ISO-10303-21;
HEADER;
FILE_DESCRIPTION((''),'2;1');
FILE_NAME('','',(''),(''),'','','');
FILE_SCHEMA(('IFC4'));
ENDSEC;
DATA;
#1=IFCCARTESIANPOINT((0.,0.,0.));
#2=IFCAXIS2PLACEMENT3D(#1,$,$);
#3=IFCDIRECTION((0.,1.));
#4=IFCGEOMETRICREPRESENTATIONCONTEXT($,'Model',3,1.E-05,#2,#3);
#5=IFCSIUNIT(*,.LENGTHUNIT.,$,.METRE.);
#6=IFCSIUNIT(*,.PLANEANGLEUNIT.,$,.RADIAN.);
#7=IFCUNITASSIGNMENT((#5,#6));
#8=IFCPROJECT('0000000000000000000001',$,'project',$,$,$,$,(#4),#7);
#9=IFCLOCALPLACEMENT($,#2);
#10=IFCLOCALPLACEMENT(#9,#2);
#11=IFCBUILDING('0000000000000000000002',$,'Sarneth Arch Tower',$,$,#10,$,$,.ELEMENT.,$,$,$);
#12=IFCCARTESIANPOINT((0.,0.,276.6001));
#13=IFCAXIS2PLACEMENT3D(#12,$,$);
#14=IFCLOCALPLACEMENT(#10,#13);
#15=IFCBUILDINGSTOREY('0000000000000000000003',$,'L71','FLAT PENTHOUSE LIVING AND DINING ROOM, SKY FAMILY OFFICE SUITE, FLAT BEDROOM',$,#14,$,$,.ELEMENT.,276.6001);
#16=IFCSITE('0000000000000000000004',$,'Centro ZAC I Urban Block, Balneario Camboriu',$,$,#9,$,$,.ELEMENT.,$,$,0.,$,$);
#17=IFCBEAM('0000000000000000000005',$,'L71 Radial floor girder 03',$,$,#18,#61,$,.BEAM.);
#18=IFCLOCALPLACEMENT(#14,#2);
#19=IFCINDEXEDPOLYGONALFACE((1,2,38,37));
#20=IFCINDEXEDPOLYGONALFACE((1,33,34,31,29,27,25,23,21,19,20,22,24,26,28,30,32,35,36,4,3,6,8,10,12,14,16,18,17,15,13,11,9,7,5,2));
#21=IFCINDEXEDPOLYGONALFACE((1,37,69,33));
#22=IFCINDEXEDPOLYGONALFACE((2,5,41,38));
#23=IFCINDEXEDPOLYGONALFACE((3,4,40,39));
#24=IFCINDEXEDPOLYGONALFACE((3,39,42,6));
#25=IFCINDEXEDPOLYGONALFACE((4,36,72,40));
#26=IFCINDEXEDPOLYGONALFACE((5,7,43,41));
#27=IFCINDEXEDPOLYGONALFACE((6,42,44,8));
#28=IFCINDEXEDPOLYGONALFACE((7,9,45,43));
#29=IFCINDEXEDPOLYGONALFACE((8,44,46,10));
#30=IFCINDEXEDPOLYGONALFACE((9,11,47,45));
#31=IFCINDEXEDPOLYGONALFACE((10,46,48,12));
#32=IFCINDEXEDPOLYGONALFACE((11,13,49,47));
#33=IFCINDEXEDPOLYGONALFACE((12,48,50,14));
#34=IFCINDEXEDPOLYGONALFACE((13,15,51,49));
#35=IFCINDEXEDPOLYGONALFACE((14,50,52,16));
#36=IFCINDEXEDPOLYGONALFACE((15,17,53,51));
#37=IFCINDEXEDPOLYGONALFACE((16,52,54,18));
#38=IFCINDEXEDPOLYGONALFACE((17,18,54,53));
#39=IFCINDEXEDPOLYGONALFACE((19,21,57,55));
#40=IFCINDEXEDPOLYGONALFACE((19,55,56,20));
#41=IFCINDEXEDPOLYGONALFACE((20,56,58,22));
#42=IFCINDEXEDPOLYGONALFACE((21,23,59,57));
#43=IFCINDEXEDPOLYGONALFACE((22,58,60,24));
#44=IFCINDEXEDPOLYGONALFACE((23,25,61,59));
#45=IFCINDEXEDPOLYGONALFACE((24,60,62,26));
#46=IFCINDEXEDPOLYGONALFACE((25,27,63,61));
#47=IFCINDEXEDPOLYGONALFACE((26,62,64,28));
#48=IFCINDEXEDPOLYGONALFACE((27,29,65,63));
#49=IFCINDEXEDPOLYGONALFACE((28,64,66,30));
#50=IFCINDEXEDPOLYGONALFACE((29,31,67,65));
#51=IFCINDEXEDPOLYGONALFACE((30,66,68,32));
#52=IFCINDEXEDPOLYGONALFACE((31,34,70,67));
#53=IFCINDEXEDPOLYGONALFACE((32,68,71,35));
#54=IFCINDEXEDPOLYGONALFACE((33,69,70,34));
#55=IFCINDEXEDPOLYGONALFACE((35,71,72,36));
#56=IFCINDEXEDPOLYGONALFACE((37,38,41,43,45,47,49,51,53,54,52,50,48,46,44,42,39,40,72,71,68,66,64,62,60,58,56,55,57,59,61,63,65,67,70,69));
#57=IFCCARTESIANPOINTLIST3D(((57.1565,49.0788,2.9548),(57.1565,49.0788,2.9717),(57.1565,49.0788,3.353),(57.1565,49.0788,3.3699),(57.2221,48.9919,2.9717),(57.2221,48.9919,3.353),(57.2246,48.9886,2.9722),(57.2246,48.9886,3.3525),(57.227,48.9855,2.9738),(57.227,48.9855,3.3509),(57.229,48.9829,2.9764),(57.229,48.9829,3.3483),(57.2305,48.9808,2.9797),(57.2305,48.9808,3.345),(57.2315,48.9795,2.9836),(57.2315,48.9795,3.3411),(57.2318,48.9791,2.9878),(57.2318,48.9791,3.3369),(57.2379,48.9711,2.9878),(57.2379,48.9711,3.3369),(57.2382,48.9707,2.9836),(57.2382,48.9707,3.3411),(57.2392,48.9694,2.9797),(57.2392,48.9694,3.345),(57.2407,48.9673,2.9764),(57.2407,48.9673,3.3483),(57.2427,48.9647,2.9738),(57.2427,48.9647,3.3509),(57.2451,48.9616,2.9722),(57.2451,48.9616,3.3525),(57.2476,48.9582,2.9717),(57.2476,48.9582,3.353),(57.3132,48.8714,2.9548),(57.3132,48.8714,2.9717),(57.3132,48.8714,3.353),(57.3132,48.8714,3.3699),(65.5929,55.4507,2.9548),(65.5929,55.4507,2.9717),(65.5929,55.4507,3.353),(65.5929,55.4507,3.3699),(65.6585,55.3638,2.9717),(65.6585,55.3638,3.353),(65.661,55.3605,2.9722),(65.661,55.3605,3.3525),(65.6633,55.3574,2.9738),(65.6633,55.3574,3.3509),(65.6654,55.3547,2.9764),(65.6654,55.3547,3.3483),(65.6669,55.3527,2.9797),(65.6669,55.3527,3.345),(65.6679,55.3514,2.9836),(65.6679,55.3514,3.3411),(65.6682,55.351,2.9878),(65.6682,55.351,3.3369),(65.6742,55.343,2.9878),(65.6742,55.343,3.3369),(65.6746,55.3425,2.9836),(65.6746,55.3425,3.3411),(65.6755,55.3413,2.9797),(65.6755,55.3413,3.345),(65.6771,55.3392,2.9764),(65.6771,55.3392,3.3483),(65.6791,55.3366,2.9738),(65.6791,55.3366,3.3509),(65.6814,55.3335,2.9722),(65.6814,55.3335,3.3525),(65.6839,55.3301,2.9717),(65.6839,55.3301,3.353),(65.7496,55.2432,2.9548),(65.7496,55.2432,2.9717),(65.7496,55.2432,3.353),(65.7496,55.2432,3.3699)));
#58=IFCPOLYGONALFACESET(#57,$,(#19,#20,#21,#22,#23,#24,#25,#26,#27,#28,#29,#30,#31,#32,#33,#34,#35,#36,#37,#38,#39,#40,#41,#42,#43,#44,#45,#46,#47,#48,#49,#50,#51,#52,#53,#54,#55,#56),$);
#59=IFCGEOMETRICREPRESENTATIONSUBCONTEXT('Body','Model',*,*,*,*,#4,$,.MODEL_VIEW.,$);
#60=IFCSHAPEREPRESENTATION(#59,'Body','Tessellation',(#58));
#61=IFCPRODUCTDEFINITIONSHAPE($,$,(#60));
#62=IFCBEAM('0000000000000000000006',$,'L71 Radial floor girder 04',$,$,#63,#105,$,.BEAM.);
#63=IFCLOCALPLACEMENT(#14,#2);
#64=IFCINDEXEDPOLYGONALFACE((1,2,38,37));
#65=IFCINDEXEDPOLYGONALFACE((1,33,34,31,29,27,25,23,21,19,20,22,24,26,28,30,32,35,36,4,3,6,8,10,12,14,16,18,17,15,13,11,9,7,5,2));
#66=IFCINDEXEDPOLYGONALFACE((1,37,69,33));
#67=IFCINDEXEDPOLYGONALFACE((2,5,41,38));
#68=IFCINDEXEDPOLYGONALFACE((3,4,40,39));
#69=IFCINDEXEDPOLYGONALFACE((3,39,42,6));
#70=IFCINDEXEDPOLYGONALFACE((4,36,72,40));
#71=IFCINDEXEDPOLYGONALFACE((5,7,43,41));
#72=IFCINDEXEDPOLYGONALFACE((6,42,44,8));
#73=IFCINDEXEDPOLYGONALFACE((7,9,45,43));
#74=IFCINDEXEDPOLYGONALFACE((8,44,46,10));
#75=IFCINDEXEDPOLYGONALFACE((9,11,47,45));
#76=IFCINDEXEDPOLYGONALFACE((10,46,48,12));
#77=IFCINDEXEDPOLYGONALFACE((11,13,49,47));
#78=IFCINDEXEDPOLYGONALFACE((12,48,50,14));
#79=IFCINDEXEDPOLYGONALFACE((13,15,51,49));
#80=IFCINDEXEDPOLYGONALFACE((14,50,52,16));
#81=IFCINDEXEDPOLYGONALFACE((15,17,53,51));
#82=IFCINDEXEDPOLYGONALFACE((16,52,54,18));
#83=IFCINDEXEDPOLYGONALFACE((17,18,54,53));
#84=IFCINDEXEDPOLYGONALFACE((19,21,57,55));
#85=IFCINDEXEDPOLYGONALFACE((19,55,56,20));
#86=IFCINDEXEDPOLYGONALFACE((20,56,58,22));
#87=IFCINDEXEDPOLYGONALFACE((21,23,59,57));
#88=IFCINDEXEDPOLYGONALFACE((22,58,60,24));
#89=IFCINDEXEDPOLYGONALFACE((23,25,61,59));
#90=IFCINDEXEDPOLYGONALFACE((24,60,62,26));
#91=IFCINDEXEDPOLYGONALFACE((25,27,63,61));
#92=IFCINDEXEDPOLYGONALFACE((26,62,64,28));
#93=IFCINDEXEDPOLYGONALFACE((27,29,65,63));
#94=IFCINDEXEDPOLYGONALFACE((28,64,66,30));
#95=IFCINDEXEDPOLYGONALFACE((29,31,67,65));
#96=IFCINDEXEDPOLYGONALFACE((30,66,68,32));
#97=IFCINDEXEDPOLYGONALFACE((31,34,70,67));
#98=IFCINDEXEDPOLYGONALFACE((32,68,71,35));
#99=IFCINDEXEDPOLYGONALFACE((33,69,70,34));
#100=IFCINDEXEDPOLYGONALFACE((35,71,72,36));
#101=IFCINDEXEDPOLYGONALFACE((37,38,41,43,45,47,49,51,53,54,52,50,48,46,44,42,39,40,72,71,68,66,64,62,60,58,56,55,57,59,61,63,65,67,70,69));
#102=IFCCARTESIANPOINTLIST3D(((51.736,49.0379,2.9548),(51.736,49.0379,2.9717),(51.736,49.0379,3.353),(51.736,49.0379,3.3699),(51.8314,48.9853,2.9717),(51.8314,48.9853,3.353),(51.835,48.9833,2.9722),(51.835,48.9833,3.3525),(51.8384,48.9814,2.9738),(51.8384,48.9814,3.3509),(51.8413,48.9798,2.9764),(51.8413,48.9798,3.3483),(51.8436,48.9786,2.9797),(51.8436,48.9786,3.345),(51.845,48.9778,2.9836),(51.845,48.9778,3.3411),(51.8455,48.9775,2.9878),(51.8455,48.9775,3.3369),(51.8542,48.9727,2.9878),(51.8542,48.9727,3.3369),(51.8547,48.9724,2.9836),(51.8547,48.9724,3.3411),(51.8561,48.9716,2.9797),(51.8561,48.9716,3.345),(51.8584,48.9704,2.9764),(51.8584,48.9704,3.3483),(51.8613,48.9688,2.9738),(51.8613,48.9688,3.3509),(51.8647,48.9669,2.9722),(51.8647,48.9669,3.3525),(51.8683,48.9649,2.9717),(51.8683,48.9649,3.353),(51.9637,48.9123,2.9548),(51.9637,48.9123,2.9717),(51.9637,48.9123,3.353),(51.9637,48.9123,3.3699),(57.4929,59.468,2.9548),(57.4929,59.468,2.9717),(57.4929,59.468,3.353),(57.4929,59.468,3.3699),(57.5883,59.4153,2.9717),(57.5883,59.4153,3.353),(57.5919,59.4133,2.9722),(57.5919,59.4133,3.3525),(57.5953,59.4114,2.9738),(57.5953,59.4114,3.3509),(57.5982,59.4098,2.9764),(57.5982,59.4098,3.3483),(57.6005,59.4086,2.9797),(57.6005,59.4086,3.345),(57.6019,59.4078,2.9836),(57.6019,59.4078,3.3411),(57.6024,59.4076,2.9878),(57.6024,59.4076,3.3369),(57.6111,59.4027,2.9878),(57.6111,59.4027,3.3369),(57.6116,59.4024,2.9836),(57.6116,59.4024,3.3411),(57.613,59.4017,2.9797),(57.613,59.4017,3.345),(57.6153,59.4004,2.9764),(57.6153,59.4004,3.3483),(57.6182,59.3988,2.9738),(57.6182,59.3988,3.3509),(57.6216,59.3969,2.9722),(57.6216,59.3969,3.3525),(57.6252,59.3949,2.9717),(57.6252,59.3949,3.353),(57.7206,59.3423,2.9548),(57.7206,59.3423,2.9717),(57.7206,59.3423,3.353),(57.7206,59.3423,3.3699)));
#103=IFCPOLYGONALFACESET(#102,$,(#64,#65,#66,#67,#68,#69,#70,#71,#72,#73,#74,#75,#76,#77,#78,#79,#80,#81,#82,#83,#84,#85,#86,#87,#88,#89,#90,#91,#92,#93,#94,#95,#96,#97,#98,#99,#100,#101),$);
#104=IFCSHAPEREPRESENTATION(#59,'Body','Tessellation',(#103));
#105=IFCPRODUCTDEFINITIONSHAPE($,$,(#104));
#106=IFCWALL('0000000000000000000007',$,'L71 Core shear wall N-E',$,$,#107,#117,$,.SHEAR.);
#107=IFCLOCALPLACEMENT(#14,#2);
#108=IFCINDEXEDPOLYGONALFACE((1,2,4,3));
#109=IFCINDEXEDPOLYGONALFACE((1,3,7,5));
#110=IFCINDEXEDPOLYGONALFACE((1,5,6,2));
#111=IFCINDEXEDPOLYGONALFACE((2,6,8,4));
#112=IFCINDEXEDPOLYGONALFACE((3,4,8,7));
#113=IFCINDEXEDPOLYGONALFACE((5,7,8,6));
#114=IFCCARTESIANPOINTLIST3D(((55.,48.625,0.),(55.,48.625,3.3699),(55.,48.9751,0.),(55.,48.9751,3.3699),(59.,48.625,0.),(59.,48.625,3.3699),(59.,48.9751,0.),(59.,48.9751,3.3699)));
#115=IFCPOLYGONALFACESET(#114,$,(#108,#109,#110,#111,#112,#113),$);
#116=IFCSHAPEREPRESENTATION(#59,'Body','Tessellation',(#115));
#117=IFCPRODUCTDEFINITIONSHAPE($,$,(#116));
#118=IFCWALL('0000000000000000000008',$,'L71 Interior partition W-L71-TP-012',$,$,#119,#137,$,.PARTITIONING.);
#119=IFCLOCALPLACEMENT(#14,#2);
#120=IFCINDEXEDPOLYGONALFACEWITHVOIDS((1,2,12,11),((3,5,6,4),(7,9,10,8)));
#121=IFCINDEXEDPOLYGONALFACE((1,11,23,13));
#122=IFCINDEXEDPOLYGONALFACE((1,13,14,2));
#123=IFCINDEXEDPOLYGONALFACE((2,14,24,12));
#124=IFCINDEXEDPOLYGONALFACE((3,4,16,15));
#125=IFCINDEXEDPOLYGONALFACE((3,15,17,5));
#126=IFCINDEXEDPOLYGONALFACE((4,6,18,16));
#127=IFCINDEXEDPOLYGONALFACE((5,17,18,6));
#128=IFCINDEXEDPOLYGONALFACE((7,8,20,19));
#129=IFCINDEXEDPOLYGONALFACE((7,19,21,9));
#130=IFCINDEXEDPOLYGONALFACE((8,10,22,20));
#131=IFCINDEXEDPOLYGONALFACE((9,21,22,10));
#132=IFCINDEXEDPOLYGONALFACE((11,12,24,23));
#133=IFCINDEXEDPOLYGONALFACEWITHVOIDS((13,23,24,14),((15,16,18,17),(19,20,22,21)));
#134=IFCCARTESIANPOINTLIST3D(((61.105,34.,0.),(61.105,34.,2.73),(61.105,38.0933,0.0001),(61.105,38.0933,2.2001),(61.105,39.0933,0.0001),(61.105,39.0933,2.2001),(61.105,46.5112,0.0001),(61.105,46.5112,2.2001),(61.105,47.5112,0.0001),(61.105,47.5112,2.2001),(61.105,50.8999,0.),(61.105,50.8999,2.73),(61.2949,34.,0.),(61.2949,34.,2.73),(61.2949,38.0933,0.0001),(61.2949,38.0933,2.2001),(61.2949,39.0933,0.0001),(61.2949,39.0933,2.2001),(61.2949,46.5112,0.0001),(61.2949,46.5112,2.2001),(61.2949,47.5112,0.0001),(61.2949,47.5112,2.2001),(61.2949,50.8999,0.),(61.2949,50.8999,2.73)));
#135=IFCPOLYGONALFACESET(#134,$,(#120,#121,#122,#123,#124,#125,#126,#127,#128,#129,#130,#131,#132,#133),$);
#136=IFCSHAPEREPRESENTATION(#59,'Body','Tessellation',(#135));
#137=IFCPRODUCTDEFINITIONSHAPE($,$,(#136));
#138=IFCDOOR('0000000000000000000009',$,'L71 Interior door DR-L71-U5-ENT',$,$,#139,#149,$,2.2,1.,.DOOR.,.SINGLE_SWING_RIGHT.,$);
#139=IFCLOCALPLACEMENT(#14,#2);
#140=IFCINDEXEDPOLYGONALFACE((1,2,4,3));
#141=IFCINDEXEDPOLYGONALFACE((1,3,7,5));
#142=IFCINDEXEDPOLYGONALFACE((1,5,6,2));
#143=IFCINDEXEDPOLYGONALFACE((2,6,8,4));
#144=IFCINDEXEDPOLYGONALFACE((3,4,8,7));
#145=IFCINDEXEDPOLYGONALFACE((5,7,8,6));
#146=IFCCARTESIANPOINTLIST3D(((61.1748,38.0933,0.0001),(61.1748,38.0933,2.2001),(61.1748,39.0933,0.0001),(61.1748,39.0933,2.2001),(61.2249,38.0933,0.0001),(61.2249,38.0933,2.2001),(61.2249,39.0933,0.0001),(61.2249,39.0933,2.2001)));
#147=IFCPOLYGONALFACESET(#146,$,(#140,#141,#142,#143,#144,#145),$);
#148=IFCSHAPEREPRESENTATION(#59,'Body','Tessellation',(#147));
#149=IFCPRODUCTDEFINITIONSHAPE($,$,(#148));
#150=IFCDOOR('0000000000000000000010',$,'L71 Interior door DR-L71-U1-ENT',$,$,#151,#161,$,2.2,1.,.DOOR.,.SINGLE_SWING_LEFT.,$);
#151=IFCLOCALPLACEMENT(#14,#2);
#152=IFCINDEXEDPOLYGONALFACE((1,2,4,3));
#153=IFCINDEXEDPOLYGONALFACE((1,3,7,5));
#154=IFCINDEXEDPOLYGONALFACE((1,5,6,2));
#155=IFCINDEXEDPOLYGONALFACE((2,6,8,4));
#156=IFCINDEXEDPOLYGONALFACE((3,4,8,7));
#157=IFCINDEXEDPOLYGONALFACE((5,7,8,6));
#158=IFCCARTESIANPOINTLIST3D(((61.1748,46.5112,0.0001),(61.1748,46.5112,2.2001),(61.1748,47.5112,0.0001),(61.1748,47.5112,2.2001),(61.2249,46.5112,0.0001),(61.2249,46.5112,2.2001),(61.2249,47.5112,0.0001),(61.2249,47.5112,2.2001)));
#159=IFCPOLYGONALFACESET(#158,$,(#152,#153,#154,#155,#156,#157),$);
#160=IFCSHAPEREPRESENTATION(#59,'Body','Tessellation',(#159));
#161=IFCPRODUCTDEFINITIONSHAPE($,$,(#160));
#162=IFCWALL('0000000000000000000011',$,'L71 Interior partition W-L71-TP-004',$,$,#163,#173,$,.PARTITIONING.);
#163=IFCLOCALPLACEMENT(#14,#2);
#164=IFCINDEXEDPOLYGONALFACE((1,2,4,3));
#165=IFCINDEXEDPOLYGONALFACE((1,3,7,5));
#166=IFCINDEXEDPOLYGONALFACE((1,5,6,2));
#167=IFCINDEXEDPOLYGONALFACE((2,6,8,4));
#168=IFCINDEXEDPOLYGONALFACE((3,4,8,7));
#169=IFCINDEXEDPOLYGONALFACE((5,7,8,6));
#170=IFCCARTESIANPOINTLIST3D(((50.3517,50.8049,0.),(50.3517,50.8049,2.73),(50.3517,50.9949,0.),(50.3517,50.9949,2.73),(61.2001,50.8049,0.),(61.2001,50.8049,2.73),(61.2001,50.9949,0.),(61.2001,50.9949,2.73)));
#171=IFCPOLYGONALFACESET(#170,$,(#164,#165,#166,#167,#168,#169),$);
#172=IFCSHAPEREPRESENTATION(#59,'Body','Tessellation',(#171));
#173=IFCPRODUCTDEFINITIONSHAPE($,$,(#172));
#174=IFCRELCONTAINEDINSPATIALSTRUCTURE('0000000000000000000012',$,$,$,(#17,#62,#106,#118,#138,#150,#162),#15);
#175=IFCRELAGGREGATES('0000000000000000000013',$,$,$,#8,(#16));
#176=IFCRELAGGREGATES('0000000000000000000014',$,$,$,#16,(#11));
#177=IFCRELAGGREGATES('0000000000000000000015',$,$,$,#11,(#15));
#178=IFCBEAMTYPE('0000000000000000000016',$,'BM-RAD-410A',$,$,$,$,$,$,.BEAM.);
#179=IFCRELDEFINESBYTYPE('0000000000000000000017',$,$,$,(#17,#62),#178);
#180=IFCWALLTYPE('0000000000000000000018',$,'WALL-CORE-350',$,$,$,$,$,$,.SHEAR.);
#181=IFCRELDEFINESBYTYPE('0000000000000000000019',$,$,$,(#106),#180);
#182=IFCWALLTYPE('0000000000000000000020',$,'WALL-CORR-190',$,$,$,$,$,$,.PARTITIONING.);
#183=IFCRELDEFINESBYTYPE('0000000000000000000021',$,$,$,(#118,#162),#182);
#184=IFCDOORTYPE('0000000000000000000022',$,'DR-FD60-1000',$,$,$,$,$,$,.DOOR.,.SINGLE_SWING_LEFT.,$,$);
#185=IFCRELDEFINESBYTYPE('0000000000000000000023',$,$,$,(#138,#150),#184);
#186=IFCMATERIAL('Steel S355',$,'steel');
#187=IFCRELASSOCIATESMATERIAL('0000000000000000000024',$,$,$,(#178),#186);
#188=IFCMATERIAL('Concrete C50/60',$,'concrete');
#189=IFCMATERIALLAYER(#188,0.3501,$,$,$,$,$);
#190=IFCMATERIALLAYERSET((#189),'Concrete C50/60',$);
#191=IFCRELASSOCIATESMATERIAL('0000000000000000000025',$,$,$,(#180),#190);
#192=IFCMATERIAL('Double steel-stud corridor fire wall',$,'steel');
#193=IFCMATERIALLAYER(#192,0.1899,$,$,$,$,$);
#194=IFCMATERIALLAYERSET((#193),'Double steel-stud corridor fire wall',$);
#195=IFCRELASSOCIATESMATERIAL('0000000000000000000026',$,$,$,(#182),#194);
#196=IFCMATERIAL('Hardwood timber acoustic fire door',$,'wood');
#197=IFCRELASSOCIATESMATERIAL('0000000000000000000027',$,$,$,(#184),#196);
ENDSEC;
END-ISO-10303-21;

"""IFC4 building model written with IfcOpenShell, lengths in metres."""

from ifc_helpers import new_model, si_unit, direction, frame, frame_2d, origin, origin_2d, place, context, subcontext, project, spatial, rectangle, i_section, extrude, material, layer, layer_set, material_profile, profile_set, type_object, element, fill, save


model = new_model("IFC4")

# Units and contexts
model_context = context("Model", 3, precision=1e-05, world=origin(), true_north=direction((0.0, 1.0)))
body_context = subcontext(model_context, "Body", "Model", "MODEL_VIEW")
ifc_project = project(units=[si_unit("LENGTHUNIT", "METRE"), si_unit("PLANEANGLEUNIT", "RADIAN")], contexts=[model_context])

# Site, building, storey
site_placement = place(None, origin())
site = spatial("IfcSite", under=ifc_project, at=site_placement, Name="Centro ZAC I Urban Block, Balneario Camboriu", CompositionType="ELEMENT", RefElevation=0.0)
building_placement = place(site_placement, origin())
building = spatial("IfcBuilding", under=site, at=building_placement, Name="Sarneth Arch Tower", CompositionType="ELEMENT")
storey_placement = place(building_placement, frame((0.0, 0.0, 276.6001)))
storey = spatial("IfcBuildingStorey", under=building, at=storey_placement, Name="L71", Description="FLAT PENTHOUSE LIVING AND DINING ROOM, SKY FAMILY OFFICE SUITE, FLAT BEDROOM", CompositionType="ELEMENT", Elevation=276.6001)

# Beams
ifc_material_1 = material(Name="Steel S355", Category="steel")
ifc_material_profile_1 = material_profile(ifc_material_1, i_section(OverallWidth=0.26, OverallDepth=0.415, WebThickness=0.01, FlangeThickness=0.0168, FilletRadius=0.0161, at=origin_2d()), Name="W410x100")
ifc_profile_set_1 = profile_set([ifc_material_profile_1], Name="Steel S355")
beam_type_1 = type_object("IfcBeamType", Name="BM-RAD-410A", PredefinedType="BEAM", material=ifc_profile_set_1)
beam_1_placement = place(storey_placement, frame((57.2349, 48.9751, 3.1624), z_axis=(0.79797, 0.602698, 0.0), x_axis=(-0.602698, 0.79797, 0.0)))
element("IfcBeam", 1, at=beam_1_placement, inside=storey, type_object=beam_type_1, Name="L71 Radial floor girder 03", PredefinedType="BEAM", context=body_context, shape_type="SweptSolid", body=[
    extrude(i_section(OverallWidth=0.26, OverallDepth=0.415, WebThickness=0.01, FlangeThickness=0.0168, FilletRadius=0.0161, at=origin_2d()), origin(), (0.0, 0.0, 1.0), 10.5723),
])
beam_2_placement = place(storey_placement, frame((51.8499, 48.9751, 3.1624), z_axis=(0.483231, 0.875493, 0.0), x_axis=(-0.875493, 0.483231, 0.0)))
element("IfcBeam", 2, at=beam_2_placement, inside=storey, type_object=beam_type_1, Name="L71 Radial floor girder 04", PredefinedType="BEAM", context=body_context, shape_type="SweptSolid", body=[
    extrude(i_section(OverallWidth=0.26, OverallDepth=0.415, WebThickness=0.01, FlangeThickness=0.0168, FilletRadius=0.0161, at=origin_2d()), origin(), (0.0, 0.0, 1.0), 11.9133),
])

# Wall
ifc_material_2 = material(Name="Concrete C50/60", Category="concrete")
ifc_layer_1 = layer(ifc_material_2, 0.3501)
ifc_layer_set_1 = layer_set([ifc_layer_1], Name="Concrete C50/60")
wall_type_1 = type_object("IfcWallType", Name="WALL-CORE-350", PredefinedType="SHEAR", material=ifc_layer_set_1)
wall_1_placement = place(storey_placement, frame((55.0, 48.8, 0.0), z_axis=(0.0, 0.0, 1.0), x_axis=(1.0, 0.0, 0.0)))
element("IfcWall", 3, at=wall_1_placement, inside=storey, type_object=wall_type_1, Name="L71 Core shear wall N-E", PredefinedType="SHEAR", context=body_context, shape_type="SweptSolid", body=[
    extrude(rectangle(XDim=4.0, YDim=0.3501, at=frame_2d((2.0, 0.0))), origin(), (0.0, 0.0, 1.0), 3.3699),
])

# Wall, openings, doors
ifc_material_3 = material(Name="Double steel-stud corridor fire wall", Category="steel")
ifc_layer_2 = layer(ifc_material_3, 0.1899)
ifc_layer_set_2 = layer_set([ifc_layer_2], Name="Double steel-stud corridor fire wall")
wall_type_2 = type_object("IfcWallType", Name="WALL-CORR-190", PredefinedType="PARTITIONING", material=ifc_layer_set_2)
wall_2_placement = place(storey_placement, frame((61.2, 50.8999, 0.0), z_axis=(0.0, 0.0, 1.0), x_axis=(0.0, -1.0, 0.0)))
wall_2 = element("IfcWall", 4, at=wall_2_placement, inside=storey, type_object=wall_type_2, Name="L71 Interior partition W-L71-TP-012", PredefinedType="PARTITIONING", context=body_context, shape_type="SweptSolid", body=[
    extrude(rectangle(XDim=16.8999, YDim=0.1899, at=frame_2d((8.45, 0.0))), origin(), (0.0, 0.0, 1.0), 2.73),
])
opening_1_placement = place(wall_2_placement, frame((11.8066, 0.0, 0.0)))
opening_1 = element("IfcOpeningElement", 5, at=opening_1_placement, cuts=wall_2, PredefinedType="OPENING", context=body_context, shape_type="SweptSolid", body=[
    extrude(rectangle(XDim=1.0, YDim=2.2, at=frame_2d((0.5, 1.1001))), frame((0.0, 0.105, 0.0), z_axis=(0.0, -1.0, 0.0), x_axis=(1.0, 0.0, 0.0)), (0.0, 0.0, 1.0), 0.21),
])
opening_2_placement = place(wall_2_placement, frame((3.3887, 0.0, 0.0)))
opening_2 = element("IfcOpeningElement", 6, at=opening_2_placement, cuts=wall_2, PredefinedType="OPENING", context=body_context, shape_type="SweptSolid", body=[
    extrude(rectangle(XDim=1.0, YDim=2.2, at=frame_2d((0.5, 1.1001))), frame((0.0, 0.105, 0.0), z_axis=(0.0, -1.0, 0.0), x_axis=(1.0, 0.0, 0.0)), (0.0, 0.0, 1.0), 0.21),
])
ifc_material_4 = material(Name="Hardwood timber acoustic fire door", Category="wood")
door_type = type_object("IfcDoorType", Name="DR-FD60-1000", OperationType="SINGLE_SWING_LEFT", PredefinedType="DOOR", material=ifc_material_4)
door_1_placement = place(opening_1_placement, origin())
door_1 = element("IfcDoor", 7, at=door_1_placement, inside=storey, type_object=door_type, Name="L71 Interior door DR-L71-U5-ENT", OperationType="SINGLE_SWING_RIGHT", OverallHeight=2.2, OverallWidth=1.0, PredefinedType="DOOR", context=body_context, shape_type="SweptSolid", body=[
    extrude(rectangle(XDim=1.0, YDim=2.2, at=frame_2d((0.5, 1.1001))), frame((0.0, 0.0249, 0.0), z_axis=(0.0, -1.0, 0.0), x_axis=(1.0, 0.0, 0.0)), (0.0, 0.0, 1.0), 0.05),
])
fill(opening_1, door_1)
door_2_placement = place(opening_2_placement, origin())
door_2 = element("IfcDoor", 8, at=door_2_placement, inside=storey, type_object=door_type, Name="L71 Interior door DR-L71-U1-ENT", OperationType="SINGLE_SWING_LEFT", OverallHeight=2.2, OverallWidth=1.0, PredefinedType="DOOR", context=body_context, shape_type="SweptSolid", body=[
    extrude(rectangle(XDim=1.0, YDim=2.2, at=frame_2d((0.5, 1.1001))), frame((0.0, 0.0249, 0.0), z_axis=(0.0, -1.0, 0.0), x_axis=(1.0, 0.0, 0.0)), (0.0, 0.0, 1.0), 0.05),
])
fill(opening_2, door_2)

# Wall
wall_3_placement = place(storey_placement, frame((50.3516, 50.8999, 0.0), z_axis=(0.0, 0.0, 1.0), x_axis=(1.0, 0.0, 0.0)))
element("IfcWall", 9, at=wall_3_placement, inside=storey, type_object=wall_type_2, Name="L71 Interior partition W-L71-TP-004", PredefinedType="PARTITIONING", context=body_context, shape_type="SweptSolid", body=[
    extrude(rectangle(XDim=10.8484, YDim=0.1899, at=frame_2d((5.4243, 0.0))), origin(), (0.0, 0.0, 1.0), 2.73),
])

save(model, "model.ifc")
